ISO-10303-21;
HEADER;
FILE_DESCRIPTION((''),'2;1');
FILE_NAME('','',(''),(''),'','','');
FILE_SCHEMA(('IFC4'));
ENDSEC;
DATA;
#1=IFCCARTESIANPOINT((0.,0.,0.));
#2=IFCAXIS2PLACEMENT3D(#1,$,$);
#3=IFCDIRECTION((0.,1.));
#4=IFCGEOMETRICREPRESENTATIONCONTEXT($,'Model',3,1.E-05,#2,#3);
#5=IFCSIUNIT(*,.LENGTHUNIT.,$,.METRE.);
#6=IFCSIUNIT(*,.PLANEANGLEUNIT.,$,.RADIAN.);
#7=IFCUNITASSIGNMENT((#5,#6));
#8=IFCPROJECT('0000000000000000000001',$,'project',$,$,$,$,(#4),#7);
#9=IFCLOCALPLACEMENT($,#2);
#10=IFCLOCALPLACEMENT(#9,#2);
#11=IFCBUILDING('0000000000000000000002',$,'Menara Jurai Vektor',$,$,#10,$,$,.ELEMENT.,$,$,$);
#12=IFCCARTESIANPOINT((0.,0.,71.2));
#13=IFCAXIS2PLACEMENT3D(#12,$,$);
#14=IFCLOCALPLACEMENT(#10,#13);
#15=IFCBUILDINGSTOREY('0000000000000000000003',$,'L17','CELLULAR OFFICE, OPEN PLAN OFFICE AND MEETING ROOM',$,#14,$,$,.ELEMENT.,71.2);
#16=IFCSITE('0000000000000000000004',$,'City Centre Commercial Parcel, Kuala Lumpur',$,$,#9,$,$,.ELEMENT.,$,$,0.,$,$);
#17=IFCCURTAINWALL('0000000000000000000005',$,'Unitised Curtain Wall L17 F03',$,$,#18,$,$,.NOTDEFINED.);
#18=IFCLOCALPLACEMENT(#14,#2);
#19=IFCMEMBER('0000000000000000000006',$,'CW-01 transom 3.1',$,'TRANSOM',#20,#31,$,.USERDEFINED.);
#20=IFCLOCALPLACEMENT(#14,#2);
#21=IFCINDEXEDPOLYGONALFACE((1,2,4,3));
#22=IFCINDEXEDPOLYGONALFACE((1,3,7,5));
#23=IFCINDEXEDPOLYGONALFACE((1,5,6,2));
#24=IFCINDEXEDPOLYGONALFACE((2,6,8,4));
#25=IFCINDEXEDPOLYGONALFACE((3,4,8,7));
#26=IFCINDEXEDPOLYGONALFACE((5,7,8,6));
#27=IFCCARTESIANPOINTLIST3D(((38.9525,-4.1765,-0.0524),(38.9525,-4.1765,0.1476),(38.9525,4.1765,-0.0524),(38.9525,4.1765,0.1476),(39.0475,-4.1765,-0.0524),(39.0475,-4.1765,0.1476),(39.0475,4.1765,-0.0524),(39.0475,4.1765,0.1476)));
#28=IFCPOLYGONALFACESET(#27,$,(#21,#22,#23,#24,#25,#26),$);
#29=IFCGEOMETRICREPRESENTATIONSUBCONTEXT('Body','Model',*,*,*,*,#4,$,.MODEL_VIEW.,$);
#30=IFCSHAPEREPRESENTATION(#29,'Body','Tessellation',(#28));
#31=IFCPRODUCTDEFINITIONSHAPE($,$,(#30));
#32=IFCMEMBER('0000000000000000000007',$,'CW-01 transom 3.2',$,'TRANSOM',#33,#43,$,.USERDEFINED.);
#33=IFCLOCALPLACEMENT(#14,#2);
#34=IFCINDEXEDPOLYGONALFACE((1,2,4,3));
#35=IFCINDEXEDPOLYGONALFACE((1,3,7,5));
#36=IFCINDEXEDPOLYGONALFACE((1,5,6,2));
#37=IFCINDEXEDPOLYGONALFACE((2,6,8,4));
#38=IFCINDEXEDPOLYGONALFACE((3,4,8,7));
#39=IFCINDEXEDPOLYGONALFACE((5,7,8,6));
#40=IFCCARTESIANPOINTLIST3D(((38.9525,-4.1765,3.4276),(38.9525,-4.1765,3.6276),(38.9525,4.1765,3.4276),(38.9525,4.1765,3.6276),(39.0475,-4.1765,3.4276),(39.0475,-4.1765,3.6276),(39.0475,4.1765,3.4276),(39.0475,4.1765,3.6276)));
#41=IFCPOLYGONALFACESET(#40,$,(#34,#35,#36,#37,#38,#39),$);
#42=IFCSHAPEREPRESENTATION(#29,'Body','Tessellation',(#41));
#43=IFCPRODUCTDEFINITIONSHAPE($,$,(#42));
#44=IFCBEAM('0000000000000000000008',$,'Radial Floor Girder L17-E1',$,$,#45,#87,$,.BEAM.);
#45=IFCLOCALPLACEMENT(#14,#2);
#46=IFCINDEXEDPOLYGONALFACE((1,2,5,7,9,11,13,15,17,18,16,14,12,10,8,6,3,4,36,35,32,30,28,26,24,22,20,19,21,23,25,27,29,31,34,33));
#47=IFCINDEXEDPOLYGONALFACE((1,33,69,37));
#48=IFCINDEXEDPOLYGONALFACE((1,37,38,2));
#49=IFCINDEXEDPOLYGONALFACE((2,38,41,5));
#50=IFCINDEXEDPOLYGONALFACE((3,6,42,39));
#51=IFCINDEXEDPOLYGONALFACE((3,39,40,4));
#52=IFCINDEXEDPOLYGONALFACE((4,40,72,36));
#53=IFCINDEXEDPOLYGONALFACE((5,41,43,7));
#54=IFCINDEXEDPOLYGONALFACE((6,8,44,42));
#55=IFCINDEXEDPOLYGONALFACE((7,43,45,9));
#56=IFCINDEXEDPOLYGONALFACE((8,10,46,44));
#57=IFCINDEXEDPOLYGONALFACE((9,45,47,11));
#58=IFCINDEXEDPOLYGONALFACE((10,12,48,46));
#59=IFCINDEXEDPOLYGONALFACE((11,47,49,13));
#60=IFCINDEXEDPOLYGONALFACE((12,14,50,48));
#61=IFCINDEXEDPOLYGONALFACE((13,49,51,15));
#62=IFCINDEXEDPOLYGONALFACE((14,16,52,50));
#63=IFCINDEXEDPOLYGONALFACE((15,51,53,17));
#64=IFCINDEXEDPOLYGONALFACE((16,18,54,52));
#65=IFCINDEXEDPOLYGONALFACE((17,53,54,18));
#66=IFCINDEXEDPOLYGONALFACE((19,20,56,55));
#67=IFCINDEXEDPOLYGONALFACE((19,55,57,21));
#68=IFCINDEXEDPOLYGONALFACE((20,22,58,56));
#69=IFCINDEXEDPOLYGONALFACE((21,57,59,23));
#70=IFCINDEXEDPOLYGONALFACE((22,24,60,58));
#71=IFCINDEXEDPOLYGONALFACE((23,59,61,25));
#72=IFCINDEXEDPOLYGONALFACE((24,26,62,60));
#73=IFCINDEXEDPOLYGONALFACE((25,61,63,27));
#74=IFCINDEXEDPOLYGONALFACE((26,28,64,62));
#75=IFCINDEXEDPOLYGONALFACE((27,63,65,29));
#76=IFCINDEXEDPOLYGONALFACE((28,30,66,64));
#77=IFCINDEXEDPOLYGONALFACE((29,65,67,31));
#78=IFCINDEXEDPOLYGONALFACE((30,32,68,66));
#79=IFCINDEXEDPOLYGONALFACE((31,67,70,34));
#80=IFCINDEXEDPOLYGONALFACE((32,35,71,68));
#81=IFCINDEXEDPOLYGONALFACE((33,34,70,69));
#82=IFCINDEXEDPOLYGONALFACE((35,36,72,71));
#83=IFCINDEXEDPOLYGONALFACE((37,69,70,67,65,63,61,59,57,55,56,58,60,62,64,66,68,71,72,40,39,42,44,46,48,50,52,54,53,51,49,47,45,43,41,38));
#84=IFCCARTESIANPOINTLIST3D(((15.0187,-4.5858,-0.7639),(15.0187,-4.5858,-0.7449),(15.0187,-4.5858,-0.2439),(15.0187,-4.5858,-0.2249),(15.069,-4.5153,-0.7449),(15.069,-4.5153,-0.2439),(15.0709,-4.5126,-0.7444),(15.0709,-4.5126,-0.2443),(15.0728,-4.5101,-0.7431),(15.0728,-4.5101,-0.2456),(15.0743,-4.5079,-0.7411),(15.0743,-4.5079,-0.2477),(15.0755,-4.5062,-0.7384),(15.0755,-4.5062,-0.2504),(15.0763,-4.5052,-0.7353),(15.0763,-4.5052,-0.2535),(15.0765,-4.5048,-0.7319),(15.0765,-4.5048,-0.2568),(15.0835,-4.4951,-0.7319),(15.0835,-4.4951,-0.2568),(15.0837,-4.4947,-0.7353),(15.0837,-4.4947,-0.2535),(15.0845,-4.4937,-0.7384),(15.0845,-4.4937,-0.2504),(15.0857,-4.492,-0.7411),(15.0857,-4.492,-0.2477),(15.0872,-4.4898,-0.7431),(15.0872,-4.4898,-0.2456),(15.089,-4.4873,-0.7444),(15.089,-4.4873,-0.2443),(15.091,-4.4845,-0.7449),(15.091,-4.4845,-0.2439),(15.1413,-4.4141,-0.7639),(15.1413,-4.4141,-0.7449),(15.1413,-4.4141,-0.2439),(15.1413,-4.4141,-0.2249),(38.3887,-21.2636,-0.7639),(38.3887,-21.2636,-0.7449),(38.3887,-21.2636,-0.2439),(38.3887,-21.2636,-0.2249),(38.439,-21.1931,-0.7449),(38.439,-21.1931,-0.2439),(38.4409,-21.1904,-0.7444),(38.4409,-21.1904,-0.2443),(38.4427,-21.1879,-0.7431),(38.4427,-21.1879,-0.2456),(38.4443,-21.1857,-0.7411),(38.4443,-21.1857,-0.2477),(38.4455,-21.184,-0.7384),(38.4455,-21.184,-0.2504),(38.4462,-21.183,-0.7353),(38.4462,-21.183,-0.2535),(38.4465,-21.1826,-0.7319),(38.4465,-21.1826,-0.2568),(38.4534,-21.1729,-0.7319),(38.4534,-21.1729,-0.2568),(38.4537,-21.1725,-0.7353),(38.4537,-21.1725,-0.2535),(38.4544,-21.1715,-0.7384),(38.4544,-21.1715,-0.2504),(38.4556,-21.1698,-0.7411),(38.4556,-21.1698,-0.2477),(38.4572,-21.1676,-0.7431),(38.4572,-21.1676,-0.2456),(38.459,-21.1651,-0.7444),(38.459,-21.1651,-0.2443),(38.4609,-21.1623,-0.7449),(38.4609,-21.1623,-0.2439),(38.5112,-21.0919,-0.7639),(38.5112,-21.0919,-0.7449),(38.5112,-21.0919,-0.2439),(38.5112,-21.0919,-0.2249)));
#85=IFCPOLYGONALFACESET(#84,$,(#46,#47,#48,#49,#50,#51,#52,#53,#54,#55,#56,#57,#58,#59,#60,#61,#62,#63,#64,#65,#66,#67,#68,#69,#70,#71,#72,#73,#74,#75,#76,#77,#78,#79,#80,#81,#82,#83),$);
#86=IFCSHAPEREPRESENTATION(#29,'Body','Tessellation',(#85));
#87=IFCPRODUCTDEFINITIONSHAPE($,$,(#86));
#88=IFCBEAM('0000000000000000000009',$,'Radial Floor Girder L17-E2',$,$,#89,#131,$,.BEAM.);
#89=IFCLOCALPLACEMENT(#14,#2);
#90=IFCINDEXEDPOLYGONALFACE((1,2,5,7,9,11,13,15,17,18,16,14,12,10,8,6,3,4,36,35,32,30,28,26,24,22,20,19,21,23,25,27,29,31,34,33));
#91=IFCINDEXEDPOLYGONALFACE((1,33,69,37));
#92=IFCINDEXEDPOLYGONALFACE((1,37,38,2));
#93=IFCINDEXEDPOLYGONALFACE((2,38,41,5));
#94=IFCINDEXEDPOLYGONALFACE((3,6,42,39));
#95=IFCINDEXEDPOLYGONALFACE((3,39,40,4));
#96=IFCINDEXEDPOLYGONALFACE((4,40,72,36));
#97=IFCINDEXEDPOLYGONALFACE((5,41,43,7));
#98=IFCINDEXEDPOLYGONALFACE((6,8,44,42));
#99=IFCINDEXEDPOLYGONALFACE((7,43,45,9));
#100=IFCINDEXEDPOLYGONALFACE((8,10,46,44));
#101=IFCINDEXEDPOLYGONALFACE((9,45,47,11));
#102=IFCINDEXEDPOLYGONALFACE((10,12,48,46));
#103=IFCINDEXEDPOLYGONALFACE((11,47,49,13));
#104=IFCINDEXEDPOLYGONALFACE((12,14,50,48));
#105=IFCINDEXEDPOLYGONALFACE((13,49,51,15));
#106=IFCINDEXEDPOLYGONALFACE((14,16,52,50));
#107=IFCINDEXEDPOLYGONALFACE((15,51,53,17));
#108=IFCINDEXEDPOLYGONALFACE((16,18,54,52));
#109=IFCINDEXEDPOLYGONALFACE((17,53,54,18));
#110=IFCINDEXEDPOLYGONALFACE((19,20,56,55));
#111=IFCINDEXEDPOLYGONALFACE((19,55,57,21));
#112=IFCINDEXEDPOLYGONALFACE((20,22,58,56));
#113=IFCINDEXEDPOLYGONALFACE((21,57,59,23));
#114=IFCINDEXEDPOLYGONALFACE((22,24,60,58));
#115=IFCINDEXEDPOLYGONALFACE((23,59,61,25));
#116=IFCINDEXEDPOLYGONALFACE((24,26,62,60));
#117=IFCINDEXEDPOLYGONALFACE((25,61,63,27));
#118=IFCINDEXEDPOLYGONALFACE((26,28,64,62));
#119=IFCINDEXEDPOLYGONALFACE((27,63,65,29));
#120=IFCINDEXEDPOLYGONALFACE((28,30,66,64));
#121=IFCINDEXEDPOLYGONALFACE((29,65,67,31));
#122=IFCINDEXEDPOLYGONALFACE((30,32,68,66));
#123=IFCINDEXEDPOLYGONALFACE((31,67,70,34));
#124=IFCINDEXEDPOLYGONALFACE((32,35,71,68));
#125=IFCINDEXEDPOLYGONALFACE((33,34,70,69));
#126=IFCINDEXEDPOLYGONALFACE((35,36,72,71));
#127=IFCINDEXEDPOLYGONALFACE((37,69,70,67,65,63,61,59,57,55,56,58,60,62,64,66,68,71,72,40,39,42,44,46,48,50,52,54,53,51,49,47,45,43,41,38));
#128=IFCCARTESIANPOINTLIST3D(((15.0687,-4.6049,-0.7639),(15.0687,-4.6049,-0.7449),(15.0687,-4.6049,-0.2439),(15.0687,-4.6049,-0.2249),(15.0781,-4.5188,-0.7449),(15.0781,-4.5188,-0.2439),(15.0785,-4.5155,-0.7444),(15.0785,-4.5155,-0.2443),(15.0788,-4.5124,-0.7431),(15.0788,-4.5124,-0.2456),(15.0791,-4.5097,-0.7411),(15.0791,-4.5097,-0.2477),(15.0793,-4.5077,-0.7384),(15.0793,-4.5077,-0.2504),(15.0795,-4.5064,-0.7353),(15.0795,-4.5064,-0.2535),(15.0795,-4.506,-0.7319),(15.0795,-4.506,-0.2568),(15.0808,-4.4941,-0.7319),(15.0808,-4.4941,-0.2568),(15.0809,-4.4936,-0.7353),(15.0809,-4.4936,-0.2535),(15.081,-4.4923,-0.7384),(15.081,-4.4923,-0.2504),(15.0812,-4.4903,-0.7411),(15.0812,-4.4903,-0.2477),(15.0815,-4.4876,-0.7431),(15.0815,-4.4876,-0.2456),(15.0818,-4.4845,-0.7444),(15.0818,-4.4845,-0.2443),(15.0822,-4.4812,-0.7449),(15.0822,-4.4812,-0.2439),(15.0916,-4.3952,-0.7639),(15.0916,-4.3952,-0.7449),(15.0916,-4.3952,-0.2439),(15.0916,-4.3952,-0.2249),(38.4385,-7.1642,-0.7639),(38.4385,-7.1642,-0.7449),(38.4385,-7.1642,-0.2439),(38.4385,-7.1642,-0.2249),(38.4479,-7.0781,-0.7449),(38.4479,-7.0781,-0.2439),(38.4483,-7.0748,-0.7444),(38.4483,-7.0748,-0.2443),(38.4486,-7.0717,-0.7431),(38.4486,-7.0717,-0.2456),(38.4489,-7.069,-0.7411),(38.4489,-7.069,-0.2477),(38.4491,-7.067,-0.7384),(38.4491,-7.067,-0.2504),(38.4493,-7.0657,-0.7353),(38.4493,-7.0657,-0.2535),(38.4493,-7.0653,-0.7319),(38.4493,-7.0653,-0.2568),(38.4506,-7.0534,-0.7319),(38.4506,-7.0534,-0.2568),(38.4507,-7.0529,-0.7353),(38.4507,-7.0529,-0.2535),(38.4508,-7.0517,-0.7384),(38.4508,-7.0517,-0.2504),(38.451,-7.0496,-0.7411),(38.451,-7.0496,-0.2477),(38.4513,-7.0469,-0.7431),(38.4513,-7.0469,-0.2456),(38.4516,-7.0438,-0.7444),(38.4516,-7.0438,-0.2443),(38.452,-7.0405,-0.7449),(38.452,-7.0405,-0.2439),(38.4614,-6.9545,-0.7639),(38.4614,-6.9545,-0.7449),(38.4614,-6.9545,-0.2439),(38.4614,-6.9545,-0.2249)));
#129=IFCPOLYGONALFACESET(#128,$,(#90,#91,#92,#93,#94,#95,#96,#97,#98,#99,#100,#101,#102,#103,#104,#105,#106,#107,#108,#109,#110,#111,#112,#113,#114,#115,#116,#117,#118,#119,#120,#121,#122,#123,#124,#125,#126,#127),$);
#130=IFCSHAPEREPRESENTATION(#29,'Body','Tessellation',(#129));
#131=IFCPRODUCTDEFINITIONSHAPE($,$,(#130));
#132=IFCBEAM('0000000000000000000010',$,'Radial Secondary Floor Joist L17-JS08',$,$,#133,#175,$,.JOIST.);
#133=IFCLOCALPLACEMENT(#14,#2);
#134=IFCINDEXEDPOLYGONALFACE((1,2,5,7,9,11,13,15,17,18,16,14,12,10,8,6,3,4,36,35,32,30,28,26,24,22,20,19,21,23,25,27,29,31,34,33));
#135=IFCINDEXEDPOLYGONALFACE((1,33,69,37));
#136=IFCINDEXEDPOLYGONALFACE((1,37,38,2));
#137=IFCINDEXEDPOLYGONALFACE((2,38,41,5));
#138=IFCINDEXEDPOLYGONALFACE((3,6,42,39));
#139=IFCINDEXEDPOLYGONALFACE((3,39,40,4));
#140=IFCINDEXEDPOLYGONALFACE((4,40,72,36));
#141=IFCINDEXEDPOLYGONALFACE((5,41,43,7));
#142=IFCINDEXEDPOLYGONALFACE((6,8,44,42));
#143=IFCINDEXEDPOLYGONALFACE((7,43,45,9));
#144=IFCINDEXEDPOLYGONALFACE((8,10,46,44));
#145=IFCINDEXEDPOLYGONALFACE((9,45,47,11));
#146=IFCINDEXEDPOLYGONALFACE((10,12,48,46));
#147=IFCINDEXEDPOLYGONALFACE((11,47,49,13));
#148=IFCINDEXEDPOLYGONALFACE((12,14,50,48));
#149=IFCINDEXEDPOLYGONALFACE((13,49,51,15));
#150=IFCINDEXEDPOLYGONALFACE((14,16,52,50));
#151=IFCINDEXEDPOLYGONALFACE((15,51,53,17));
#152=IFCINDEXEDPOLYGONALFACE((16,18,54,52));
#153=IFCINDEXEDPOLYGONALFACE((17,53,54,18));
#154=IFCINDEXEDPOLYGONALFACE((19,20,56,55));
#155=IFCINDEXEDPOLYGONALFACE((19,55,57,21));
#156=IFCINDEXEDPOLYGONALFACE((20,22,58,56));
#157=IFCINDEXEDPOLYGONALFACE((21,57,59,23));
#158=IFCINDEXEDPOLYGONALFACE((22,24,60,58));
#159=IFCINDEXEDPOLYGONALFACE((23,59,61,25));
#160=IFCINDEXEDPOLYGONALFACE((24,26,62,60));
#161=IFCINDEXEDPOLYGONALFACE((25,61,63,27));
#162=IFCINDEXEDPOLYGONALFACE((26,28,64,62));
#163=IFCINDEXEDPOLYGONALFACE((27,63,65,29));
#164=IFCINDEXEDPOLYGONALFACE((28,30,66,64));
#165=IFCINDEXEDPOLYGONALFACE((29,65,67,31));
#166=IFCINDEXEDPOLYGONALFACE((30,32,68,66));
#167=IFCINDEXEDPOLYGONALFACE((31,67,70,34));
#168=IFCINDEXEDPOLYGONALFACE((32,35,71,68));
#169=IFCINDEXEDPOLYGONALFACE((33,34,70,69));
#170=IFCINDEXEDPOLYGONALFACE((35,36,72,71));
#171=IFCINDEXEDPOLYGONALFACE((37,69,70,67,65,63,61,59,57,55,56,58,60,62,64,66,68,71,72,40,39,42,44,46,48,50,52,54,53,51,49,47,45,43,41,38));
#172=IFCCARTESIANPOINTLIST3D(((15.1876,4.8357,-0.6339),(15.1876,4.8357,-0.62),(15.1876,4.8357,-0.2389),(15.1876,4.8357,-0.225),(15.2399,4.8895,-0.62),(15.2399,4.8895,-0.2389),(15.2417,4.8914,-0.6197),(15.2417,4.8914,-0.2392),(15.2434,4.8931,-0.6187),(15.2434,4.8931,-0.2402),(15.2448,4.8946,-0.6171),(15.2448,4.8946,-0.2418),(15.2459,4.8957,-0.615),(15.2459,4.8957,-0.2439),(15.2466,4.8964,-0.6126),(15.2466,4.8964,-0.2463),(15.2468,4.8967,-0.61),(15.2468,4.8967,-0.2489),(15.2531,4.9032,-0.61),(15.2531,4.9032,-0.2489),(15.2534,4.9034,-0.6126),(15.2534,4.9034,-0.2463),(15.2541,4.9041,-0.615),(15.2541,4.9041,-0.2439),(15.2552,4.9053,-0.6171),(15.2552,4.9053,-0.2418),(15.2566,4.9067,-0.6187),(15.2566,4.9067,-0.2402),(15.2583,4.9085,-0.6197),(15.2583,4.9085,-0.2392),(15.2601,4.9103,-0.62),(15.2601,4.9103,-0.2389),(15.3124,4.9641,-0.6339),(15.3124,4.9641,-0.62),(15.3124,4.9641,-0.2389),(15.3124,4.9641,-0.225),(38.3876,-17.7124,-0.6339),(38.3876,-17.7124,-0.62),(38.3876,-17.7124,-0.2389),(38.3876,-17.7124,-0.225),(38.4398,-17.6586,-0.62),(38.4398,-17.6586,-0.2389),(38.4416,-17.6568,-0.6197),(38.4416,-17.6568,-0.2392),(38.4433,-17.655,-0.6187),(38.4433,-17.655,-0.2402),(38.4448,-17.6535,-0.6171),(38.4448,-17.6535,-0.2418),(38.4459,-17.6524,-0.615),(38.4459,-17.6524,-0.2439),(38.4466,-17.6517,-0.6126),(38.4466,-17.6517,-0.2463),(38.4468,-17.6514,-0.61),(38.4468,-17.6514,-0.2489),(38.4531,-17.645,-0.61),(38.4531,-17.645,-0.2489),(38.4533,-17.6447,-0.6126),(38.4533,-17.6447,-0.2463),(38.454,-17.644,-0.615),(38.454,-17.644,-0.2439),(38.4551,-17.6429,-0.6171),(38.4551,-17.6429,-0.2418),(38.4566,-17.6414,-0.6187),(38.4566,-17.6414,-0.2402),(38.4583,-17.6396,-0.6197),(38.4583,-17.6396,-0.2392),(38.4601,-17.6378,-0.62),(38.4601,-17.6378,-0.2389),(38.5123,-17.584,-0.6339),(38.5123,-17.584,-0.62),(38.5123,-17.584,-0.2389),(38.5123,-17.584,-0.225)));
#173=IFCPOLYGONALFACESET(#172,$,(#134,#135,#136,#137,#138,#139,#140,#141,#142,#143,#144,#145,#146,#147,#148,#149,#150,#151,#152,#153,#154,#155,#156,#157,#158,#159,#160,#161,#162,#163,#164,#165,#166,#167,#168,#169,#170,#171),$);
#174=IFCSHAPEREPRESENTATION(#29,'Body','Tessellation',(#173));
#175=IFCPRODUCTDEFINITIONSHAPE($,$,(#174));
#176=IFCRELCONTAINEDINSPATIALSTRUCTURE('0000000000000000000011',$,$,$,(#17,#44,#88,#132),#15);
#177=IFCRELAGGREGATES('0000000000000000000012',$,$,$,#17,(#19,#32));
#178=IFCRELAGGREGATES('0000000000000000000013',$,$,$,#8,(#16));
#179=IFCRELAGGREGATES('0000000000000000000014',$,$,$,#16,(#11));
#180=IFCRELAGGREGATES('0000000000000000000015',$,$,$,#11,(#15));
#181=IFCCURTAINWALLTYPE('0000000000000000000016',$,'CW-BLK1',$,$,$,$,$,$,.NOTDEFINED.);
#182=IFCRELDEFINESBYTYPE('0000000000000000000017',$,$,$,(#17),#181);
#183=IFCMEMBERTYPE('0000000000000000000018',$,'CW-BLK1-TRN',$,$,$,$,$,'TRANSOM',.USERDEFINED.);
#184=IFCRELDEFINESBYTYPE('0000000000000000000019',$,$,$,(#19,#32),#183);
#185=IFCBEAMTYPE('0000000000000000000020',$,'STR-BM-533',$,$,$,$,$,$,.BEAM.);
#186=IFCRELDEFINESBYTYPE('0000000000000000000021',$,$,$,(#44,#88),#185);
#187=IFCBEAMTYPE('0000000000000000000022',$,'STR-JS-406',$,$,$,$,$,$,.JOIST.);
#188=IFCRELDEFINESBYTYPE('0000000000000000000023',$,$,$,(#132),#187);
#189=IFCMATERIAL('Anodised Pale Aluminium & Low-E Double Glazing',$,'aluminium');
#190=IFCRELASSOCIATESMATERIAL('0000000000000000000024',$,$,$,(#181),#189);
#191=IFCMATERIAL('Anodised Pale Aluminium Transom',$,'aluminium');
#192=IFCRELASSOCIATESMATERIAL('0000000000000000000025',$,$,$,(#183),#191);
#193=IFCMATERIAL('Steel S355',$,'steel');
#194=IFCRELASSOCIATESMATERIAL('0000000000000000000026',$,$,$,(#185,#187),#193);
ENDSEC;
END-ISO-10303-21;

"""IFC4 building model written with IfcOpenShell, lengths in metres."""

from ifc_helpers import new_model, si_unit, direction, frame, origin, origin_2d, place, context, subcontext, project, spatial, rectangle, i_section, extrude, material, material_profile, profile_set, type_object, element, aggregate, save


model = new_model("IFC4")

# Units and contexts
model_context = context("Model", 3, precision=1e-05, world=origin(), true_north=direction((0.0, 1.0)))
body_context = subcontext(model_context, "Body", "Model", "MODEL_VIEW")
ifc_project = project(units=[si_unit("LENGTHUNIT", "METRE"), si_unit("PLANEANGLEUNIT", "RADIAN")], contexts=[model_context])

# Site, building, storey
site_placement = place(None, origin())
site = spatial("IfcSite", under=ifc_project, at=site_placement, Name="City Centre Commercial Parcel, Kuala Lumpur", CompositionType="ELEMENT", RefElevation=0.0)
building_placement = place(site_placement, origin())
building = spatial("IfcBuilding", under=site, at=building_placement, Name="Menara Jurai Vektor", CompositionType="ELEMENT")
storey_placement = place(building_placement, frame((0.0, 0.0, 71.2)))
storey = spatial("IfcBuildingStorey", under=building, at=storey_placement, Name="L17", Description="CELLULAR OFFICE, OPEN PLAN OFFICE AND MEETING ROOM", CompositionType="ELEMENT", Elevation=71.2)

# Curtain wall, members
ifc_material_1 = material(Name="Anodised Pale Aluminium & Low-E Double Glazing", Category="aluminium")
curtain_wall_type = type_object("IfcCurtainWallType", Name="CW-BLK1", PredefinedType="NOTDEFINED", material=ifc_material_1)
curtain_wall_placement = place(storey_placement, origin())
curtain_wall = element("IfcCurtainWall", 1, at=curtain_wall_placement, inside=storey, type_object=curtain_wall_type, Name="Unitised Curtain Wall L17 F03", PredefinedType="NOTDEFINED")
ifc_material_2 = material(Name="Anodised Pale Aluminium Transom", Category="aluminium")
ifc_material_profile_1 = material_profile(ifc_material_2, rectangle(XDim=0.095, YDim=0.2, at=origin_2d()), Name="ALU TRN 95x200")
ifc_profile_set_1 = profile_set([ifc_material_profile_1], Name="Anodised Pale Aluminium Transom")
member_type_1 = type_object("IfcMemberType", Name="CW-BLK1-TRN", ElementType="TRANSOM", PredefinedType="USERDEFINED", material=ifc_profile_set_1)
member_1_placement = place(storey_placement, frame((39.0, -4.1765, 0.0476), z_axis=(0.0, 1.0, 0.0), x_axis=(-1.0, 0.0, 0.0)))
member_1 = element("IfcMember", 2, at=member_1_placement, type_object=member_type_1, Name="CW-01 transom 3.1", ObjectType="TRANSOM", PredefinedType="USERDEFINED", context=body_context, shape_type="SweptSolid", body=[
    extrude(rectangle(XDim=0.095, YDim=0.2, at=origin_2d()), origin(), (0.0, 0.0, 1.0), 8.353),
])
member_2_placement = place(storey_placement, frame((39.0, -4.1765, 3.5276), z_axis=(0.0, 1.0, 0.0), x_axis=(-1.0, 0.0, 0.0)))
member_2 = element("IfcMember", 3, at=member_2_placement, type_object=member_type_1, Name="CW-01 transom 3.2", ObjectType="TRANSOM", PredefinedType="USERDEFINED", context=body_context, shape_type="SweptSolid", body=[
    extrude(rectangle(XDim=0.095, YDim=0.2, at=origin_2d()), origin(), (0.0, 0.0, 1.0), 8.353),
])

# Beams
ifc_material_3 = material(Name="Steel S355", Category="steel")
ifc_material_profile_2 = material_profile(ifc_material_3, i_section(OverallWidth=0.2109, OverallDepth=0.5391, WebThickness=0.012, FlangeThickness=0.019, FilletRadius=0.0129, at=origin_2d()), Name="UKB 533x210x109")
ifc_profile_set_2 = profile_set([ifc_material_profile_2], Name="Steel S355")
beam_type_1 = type_object("IfcBeamType", Name="STR-BM-533", PredefinedType="BEAM", material=ifc_profile_set_2)
beam_1_placement = place(storey_placement, frame((38.45, -21.1777, -0.4944), z_axis=(-0.813981, 0.580891, 0.0), x_axis=(-0.580891, -0.813981, 0.0)))
element("IfcBeam", 4, at=beam_1_placement, inside=storey, type_object=beam_type_1, Name="Radial Floor Girder L17-E1", PredefinedType="BEAM", context=body_context, shape_type="SweptSolid", body=[
    extrude(i_section(OverallWidth=0.2109, OverallDepth=0.5391, WebThickness=0.012, FlangeThickness=0.019, FilletRadius=0.0129, at=origin_2d()), origin(), (0.0, 0.0, 1.0), 28.7107),
])
beam_2_placement = place(storey_placement, frame((38.45, -7.0593, -0.4944), z_axis=(-0.994057, 0.108863, 0.0), x_axis=(-0.108863, -0.994057, 0.0)))
element("IfcBeam", 5, at=beam_2_placement, inside=storey, type_object=beam_type_1, Name="Radial Floor Girder L17-E2", PredefinedType="BEAM", context=body_context, shape_type="SweptSolid", body=[
    extrude(i_section(OverallWidth=0.2109, OverallDepth=0.5391, WebThickness=0.012, FlangeThickness=0.019, FilletRadius=0.0129, at=origin_2d()), origin(), (0.0, 0.0, 1.0), 23.5095),
])
ifc_material_profile_3 = material_profile(ifc_material_3, i_section(OverallWidth=0.179, OverallDepth=0.4089, WebThickness=0.009, FlangeThickness=0.0139, FilletRadius=0.01, at=origin_2d()), Name="UKB 406x178x67")
ifc_profile_set_3 = profile_set([ifc_material_profile_3], Name="Steel S355")
beam_type_2 = type_object("IfcBeamType", Name="STR-JS-406", PredefinedType="JOIST", material=ifc_profile_set_3)
beam_3_placement = place(storey_placement, frame((38.45, -17.6482, -0.4294), z_axis=(-0.717109, 0.696961, 0.0), x_axis=(-0.696961, -0.717109, 0.0)))
element("IfcBeam", 6, at=beam_3_placement, inside=storey, type_object=beam_type_2, Name="Radial Secondary Floor Joist L17-JS08", PredefinedType="JOIST", context=body_context, shape_type="SweptSolid", body=[
    extrude(i_section(OverallWidth=0.179, OverallDepth=0.4089, WebThickness=0.009, FlangeThickness=0.0139, FilletRadius=0.01, at=origin_2d()), origin(), (0.0, 0.0, 1.0), 32.3521),
])

aggregate(curtain_wall, [member_1, member_2])

save(model, "model.ifc")
